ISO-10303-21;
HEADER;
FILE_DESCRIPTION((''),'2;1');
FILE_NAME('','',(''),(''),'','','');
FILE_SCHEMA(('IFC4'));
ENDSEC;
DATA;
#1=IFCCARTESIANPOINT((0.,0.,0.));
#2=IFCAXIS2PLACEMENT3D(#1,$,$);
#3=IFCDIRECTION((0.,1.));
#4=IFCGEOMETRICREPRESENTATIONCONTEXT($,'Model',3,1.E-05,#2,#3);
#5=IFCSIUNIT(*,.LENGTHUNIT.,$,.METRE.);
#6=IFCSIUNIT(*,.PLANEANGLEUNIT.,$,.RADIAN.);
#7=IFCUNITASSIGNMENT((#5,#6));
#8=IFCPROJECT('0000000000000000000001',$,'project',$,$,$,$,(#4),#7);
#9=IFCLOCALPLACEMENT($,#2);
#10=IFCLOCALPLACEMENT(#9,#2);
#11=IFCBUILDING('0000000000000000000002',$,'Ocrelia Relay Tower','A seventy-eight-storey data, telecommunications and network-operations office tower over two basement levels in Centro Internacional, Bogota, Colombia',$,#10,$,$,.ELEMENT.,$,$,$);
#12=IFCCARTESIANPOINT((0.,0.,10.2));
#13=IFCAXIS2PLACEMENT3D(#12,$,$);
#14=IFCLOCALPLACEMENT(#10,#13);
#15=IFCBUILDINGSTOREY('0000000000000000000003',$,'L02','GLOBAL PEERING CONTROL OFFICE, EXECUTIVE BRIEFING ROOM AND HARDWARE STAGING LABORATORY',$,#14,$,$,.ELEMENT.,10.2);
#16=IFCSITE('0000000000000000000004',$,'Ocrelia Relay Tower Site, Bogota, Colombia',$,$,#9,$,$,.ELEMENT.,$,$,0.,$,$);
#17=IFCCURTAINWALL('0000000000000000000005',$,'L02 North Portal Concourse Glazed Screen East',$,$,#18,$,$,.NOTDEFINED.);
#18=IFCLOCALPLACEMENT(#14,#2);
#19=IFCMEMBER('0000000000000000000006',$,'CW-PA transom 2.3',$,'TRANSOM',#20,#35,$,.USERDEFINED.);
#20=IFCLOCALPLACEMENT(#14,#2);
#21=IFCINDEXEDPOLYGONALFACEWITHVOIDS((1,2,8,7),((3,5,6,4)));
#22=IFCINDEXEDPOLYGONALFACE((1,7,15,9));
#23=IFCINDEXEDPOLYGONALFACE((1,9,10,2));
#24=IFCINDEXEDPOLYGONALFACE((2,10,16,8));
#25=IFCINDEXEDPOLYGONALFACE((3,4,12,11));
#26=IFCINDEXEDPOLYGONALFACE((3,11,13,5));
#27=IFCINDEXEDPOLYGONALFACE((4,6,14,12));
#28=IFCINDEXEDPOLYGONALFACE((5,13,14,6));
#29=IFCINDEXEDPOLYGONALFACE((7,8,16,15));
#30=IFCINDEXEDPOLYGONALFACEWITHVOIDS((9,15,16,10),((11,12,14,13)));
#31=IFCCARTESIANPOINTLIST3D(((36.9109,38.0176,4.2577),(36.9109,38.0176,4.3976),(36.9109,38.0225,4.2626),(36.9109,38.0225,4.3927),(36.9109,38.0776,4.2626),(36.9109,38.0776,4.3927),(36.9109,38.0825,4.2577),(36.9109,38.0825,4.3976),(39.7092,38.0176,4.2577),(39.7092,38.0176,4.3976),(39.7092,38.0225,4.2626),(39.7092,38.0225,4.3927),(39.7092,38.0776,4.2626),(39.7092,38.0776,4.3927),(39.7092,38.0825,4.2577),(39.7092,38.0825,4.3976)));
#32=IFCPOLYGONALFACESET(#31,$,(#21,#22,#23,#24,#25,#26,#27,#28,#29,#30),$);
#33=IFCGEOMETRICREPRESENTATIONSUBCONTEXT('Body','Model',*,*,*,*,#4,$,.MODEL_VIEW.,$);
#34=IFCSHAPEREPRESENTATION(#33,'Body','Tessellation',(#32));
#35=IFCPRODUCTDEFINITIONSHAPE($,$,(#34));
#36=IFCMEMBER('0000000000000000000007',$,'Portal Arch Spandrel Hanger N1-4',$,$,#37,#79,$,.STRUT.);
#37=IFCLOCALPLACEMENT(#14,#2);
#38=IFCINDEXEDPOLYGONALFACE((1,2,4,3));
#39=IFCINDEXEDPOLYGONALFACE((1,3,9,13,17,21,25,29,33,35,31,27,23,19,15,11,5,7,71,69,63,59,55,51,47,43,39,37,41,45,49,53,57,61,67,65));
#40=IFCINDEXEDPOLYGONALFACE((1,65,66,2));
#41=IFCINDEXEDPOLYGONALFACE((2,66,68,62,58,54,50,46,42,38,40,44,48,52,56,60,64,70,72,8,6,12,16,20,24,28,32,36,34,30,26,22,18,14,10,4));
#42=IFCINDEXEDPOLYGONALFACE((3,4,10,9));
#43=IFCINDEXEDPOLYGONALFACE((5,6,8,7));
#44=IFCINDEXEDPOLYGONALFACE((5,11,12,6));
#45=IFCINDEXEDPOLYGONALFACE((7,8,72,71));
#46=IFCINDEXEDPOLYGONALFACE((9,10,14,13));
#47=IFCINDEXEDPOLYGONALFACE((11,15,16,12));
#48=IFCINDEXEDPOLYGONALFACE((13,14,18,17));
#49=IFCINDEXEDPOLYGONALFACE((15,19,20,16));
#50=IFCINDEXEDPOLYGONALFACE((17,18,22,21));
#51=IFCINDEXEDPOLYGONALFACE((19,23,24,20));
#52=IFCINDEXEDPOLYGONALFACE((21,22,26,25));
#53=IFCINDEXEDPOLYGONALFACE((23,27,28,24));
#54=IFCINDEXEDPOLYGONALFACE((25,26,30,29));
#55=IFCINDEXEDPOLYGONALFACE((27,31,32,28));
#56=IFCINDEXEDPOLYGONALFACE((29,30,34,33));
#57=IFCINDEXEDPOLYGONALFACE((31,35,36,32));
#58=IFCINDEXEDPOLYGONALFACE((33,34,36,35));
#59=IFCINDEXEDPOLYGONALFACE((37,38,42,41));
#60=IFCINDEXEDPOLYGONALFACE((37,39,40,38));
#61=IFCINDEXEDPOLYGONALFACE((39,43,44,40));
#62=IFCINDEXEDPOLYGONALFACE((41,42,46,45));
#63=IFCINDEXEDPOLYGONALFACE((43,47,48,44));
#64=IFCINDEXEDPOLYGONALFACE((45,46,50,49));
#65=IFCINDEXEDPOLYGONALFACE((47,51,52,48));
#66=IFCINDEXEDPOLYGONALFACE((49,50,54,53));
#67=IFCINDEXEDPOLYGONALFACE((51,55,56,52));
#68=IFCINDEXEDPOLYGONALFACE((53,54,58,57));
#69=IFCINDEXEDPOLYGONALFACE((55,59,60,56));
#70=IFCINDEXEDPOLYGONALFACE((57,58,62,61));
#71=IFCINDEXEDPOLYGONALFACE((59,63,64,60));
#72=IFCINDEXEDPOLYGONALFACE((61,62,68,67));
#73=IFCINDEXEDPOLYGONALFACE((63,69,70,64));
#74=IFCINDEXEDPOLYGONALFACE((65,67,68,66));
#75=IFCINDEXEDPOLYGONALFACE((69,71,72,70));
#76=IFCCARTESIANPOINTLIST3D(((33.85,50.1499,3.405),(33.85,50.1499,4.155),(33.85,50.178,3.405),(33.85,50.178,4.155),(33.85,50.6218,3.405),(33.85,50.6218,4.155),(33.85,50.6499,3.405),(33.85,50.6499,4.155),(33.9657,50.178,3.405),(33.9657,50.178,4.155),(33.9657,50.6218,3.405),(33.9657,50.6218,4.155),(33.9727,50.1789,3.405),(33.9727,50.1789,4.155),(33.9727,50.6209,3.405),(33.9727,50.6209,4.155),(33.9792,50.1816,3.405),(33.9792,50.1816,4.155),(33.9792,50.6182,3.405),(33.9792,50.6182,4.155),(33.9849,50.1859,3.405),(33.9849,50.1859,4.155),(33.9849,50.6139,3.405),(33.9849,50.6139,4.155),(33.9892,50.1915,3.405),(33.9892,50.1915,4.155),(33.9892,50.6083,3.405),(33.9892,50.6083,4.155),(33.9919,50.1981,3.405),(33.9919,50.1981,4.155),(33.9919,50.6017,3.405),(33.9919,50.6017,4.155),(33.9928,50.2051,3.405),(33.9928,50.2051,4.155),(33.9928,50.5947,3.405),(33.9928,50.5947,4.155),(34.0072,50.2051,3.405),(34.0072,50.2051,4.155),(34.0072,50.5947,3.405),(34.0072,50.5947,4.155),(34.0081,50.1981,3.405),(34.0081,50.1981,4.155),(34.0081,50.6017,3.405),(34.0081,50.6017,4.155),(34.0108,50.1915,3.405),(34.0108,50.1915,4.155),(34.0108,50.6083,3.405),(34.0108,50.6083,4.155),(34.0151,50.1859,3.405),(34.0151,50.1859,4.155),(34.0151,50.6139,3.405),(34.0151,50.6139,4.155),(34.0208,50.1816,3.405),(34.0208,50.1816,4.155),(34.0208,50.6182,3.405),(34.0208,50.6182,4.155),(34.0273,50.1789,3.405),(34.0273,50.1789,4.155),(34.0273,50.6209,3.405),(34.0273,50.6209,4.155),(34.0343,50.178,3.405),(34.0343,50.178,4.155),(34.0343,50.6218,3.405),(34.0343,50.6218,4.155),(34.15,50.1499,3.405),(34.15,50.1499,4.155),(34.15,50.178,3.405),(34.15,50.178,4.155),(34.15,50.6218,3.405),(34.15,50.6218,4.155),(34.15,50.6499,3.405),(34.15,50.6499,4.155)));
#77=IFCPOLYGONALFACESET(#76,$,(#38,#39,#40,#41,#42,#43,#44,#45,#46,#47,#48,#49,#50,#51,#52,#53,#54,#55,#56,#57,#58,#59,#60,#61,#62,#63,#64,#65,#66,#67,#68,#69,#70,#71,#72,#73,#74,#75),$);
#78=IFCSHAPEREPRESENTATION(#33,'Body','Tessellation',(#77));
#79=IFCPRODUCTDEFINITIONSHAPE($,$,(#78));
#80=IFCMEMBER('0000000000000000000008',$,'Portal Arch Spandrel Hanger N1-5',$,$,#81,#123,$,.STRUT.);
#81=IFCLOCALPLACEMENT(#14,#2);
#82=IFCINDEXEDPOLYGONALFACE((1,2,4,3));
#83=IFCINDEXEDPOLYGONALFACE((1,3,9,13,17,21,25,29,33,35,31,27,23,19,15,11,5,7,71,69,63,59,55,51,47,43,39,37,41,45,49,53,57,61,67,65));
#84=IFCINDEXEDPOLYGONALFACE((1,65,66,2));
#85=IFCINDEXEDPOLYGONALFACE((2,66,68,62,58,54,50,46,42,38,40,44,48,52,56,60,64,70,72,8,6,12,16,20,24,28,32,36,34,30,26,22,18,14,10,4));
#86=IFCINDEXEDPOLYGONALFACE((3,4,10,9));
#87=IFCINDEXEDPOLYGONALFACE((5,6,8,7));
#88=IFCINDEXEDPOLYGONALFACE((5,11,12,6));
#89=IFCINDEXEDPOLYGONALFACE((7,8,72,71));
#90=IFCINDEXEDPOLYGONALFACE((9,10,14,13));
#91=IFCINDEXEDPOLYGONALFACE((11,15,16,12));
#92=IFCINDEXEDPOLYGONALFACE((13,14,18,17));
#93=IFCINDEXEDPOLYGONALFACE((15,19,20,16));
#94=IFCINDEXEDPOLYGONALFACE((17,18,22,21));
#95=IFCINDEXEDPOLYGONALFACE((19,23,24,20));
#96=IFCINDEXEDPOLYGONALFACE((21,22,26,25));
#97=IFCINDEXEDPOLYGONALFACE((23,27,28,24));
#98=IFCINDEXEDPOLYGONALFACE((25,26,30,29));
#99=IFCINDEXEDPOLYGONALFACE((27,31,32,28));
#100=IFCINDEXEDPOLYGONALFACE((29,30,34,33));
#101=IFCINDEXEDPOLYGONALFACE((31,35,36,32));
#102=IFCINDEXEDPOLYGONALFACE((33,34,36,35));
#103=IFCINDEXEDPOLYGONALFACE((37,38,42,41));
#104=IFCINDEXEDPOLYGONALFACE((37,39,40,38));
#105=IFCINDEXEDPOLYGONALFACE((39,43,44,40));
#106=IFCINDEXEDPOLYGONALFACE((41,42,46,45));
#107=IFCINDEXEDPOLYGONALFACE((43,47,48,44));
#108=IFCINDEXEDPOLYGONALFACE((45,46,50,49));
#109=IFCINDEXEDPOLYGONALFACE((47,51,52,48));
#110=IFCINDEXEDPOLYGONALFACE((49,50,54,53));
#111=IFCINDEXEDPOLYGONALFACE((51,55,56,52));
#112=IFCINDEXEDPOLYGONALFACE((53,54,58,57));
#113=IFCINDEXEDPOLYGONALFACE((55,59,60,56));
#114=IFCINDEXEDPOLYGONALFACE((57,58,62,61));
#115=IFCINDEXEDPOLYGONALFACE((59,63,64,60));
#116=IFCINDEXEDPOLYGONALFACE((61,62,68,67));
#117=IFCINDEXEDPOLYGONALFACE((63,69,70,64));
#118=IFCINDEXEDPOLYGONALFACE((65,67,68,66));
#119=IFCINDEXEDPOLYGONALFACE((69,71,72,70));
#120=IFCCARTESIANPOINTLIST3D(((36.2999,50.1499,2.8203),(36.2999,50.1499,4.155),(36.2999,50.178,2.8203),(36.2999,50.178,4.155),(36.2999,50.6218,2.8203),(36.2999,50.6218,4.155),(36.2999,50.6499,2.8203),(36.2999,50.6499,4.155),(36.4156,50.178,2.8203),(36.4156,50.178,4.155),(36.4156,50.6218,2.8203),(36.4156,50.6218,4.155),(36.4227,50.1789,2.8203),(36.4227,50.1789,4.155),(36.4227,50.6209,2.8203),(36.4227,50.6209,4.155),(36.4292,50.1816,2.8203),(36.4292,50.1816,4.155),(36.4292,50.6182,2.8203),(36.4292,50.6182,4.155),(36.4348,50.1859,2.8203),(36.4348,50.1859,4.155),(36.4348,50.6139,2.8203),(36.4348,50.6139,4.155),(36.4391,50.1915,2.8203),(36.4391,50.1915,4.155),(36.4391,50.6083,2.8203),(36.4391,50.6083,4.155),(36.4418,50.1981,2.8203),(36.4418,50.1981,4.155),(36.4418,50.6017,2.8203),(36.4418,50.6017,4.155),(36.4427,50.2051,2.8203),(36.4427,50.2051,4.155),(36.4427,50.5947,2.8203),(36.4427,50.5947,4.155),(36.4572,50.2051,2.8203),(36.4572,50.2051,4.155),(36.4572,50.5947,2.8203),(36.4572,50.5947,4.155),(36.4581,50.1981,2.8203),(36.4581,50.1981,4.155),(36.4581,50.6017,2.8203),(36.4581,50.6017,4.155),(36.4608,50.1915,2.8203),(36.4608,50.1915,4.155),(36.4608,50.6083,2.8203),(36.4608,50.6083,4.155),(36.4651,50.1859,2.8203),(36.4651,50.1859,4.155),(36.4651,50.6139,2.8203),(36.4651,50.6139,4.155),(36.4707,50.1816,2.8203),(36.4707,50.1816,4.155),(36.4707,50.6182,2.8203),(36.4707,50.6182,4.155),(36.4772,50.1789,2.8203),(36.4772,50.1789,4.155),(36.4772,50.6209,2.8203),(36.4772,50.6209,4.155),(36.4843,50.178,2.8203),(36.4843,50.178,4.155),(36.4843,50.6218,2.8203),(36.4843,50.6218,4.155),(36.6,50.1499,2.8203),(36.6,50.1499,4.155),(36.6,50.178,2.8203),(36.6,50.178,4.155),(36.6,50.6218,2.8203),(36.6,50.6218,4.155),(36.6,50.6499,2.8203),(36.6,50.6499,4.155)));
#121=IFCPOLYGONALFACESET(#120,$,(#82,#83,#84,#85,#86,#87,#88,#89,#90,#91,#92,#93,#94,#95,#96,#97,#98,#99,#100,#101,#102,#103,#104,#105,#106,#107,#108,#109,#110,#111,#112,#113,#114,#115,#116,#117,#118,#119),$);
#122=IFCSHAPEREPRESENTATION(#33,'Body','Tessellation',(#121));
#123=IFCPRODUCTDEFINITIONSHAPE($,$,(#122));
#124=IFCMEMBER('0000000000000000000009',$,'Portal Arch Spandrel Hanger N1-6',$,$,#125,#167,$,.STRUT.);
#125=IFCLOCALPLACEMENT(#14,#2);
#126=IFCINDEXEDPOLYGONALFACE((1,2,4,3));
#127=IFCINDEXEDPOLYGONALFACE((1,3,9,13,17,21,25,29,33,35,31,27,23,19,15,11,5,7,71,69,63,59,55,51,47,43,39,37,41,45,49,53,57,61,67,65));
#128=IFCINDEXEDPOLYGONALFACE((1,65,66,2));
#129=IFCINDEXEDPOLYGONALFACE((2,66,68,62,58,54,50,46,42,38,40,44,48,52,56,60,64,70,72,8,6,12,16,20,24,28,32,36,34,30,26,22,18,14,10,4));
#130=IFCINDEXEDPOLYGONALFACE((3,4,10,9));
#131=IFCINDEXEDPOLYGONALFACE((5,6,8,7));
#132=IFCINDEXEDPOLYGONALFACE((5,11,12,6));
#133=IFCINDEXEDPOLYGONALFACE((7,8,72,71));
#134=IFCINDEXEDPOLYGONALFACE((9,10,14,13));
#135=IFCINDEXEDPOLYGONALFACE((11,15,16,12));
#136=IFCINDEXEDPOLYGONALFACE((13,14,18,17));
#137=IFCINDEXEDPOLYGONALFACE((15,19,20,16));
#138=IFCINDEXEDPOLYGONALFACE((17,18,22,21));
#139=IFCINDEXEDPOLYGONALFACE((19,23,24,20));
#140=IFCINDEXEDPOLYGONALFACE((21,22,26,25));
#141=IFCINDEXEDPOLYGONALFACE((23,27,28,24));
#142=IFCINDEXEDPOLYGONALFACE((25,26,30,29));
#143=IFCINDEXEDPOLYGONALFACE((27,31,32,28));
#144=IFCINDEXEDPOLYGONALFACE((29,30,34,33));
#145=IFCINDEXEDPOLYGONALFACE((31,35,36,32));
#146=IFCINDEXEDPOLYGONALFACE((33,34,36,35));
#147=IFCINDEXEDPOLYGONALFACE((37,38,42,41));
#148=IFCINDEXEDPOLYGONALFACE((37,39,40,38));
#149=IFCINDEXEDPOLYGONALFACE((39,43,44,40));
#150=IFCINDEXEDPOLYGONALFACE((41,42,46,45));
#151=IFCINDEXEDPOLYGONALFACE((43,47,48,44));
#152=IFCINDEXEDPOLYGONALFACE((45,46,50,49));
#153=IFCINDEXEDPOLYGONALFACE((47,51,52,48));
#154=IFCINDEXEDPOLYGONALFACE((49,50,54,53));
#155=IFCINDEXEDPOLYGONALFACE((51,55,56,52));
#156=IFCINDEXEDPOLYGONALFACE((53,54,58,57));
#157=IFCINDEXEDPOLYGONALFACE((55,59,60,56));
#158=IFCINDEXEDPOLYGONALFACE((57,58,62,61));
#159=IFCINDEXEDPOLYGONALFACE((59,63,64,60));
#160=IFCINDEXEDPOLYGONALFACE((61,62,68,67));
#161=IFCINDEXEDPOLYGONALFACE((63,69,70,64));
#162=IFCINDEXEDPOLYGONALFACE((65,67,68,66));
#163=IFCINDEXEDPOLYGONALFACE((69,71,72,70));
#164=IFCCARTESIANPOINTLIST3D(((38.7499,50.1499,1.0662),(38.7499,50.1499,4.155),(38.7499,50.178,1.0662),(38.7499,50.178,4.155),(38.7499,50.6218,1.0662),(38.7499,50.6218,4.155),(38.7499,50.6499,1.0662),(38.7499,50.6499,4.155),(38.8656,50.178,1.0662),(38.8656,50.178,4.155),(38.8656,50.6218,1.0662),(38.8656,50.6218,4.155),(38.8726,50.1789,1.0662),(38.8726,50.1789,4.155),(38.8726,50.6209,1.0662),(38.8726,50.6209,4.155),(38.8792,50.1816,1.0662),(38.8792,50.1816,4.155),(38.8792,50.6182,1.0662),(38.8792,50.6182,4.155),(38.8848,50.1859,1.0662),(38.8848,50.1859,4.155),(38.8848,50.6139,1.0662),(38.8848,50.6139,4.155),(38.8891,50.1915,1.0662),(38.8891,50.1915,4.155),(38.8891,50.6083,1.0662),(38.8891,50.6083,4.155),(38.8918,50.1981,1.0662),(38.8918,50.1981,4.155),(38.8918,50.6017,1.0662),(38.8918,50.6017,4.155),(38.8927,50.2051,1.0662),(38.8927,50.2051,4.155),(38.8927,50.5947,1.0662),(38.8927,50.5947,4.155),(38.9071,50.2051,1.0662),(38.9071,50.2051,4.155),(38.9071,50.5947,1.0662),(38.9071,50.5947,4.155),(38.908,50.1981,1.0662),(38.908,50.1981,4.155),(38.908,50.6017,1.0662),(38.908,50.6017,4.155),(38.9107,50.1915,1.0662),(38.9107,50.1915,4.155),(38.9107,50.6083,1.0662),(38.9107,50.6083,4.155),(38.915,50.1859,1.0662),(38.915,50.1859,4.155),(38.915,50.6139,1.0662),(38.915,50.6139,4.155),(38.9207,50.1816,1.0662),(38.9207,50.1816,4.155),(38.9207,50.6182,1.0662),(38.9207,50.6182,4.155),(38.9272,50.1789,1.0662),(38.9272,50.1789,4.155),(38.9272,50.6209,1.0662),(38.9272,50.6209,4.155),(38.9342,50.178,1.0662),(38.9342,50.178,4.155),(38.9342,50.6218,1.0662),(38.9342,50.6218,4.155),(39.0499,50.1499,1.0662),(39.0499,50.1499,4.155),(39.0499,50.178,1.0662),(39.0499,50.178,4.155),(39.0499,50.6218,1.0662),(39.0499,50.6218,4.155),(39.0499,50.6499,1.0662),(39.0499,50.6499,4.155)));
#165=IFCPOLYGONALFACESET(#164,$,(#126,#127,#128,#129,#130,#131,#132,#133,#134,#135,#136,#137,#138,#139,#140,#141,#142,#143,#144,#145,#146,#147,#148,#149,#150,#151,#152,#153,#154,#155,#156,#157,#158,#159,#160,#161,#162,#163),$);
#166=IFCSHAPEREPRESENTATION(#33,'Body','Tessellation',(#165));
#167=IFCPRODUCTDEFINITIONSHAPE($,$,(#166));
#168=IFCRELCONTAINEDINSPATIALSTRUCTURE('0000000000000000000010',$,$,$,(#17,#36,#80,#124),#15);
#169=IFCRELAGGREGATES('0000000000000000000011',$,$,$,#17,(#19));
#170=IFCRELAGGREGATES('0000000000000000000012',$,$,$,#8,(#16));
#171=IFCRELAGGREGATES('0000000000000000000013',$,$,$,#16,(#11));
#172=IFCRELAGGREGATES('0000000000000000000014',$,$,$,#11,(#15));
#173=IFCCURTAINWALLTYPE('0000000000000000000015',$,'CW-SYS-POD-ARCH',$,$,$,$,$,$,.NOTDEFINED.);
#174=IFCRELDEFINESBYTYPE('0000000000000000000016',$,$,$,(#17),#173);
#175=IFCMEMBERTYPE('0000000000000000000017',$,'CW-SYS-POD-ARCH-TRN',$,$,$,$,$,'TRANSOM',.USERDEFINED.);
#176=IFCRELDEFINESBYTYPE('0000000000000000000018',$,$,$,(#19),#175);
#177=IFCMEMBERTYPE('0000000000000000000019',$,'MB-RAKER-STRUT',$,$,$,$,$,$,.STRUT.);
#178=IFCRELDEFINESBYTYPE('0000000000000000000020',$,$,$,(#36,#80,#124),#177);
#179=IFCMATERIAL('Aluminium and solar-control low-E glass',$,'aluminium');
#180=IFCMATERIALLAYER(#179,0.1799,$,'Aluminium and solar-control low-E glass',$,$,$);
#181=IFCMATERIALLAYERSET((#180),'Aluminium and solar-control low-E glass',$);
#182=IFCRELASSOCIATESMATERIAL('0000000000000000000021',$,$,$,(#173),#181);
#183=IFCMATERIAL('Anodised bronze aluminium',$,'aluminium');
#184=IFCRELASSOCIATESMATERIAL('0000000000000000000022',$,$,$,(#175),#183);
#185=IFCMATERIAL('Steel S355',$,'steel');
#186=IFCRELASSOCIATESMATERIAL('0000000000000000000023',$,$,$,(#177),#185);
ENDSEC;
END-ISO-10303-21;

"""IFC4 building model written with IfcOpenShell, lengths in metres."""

from ifc_helpers import new_model, si_unit, direction, frame, origin, origin_2d, place, context, subcontext, project, spatial, hollow_rectangle, i_section, extrude, material, layer, layer_set, material_profile, profile_set, type_object, element, aggregate, save


model = new_model("IFC4")

# Units and contexts
model_context = context("Model", 3, precision=1e-05, world=origin(), true_north=direction((0.0, 1.0)))
body_context = subcontext(model_context, "Body", "Model", "MODEL_VIEW")
ifc_project = project(units=[si_unit("LENGTHUNIT", "METRE"), si_unit("PLANEANGLEUNIT", "RADIAN")], contexts=[model_context])

# Site, building, storey
site_placement = place(None, origin())
site = spatial("IfcSite", under=ifc_project, at=site_placement, Name="Ocrelia Relay Tower Site, Bogota, Colombia", CompositionType="ELEMENT", RefElevation=0.0)
building_placement = place(site_placement, origin())
building = spatial("IfcBuilding", under=site, at=building_placement, Name="Ocrelia Relay Tower", Description="A seventy-eight-storey data, telecommunications and network-operations office tower over two basement levels in Centro Internacional, Bogota, Colombia", CompositionType="ELEMENT")
storey_placement = place(building_placement, frame((0.0, 0.0, 10.2)))
storey = spatial("IfcBuildingStorey", under=building, at=storey_placement, Name="L02", Description="GLOBAL PEERING CONTROL OFFICE, EXECUTIVE BRIEFING ROOM AND HARDWARE STAGING LABORATORY", CompositionType="ELEMENT", Elevation=10.2)

# Shared definitions
ifc_material_1 = material(Name="Steel S355", Category="steel")

# Curtain wall, member
ifc_material_2 = material(Name="Aluminium and solar-control low-E glass", Category="aluminium")
ifc_layer_1 = layer(ifc_material_2, 0.1799, Name="Aluminium and solar-control low-E glass")
ifc_layer_set_1 = layer_set([ifc_layer_1], Name="Aluminium and solar-control low-E glass")
curtain_wall_type = type_object("IfcCurtainWallType", Name="CW-SYS-POD-ARCH", PredefinedType="NOTDEFINED", material=ifc_layer_set_1)
curtain_wall_placement = place(storey_placement, origin())
curtain_wall = element("IfcCurtainWall", 1, at=curtain_wall_placement, inside=storey, type_object=curtain_wall_type, Name="L02 North Portal Concourse Glazed Screen East", PredefinedType="NOTDEFINED")
ifc_material_3 = material(Name="Anodised bronze aluminium", Category="aluminium")
ifc_material_profile_1 = material_profile(ifc_material_3, hollow_rectangle(XDim=0.0649, YDim=0.1399, WallThickness=0.0049, at=origin_2d()), Name="CW-TRN-140x65")
ifc_profile_set_1 = profile_set([ifc_material_profile_1], Name="Anodised bronze aluminium")
member_type_1 = type_object("IfcMemberType", Name="CW-SYS-POD-ARCH-TRN", ElementType="TRANSOM", PredefinedType="USERDEFINED", material=ifc_profile_set_1)
member_1_placement = place(storey_placement, frame((36.9109, 38.05, 4.3276), z_axis=(1.0, 0.0, 0.0), x_axis=(0.0, 1.0, 0.0)))
member_1 = element("IfcMember", 2, at=member_1_placement, type_object=member_type_1, Name="CW-PA transom 2.3", ObjectType="TRANSOM", PredefinedType="USERDEFINED", context=body_context, shape_type="SweptSolid", body=[
    extrude(hollow_rectangle(XDim=0.0649, YDim=0.1399, WallThickness=0.0049, at=origin_2d()), origin(), (0.0, 0.0, 1.0), 2.7983),
])

# Members
ifc_material_profile_2 = material_profile(ifc_material_1, i_section(OverallWidth=0.3, OverallDepth=0.5, WebThickness=0.0144, FlangeThickness=0.0281, FilletRadius=0.0271, at=origin_2d()), Name="HEB 500")
ifc_profile_set_2 = profile_set([ifc_material_profile_2], Name="Steel S355")
member_type_2 = type_object("IfcMemberType", Name="MB-RAKER-STRUT", PredefinedType="STRUT", material=ifc_profile_set_2)
member_2_placement = place(storey_placement, frame((34.0, 50.3999, 3.405), z_axis=(0.0, 0.0, 1.0), x_axis=(1.0, 0.0, 0.0)))
element("IfcMember", 3, at=member_2_placement, inside=storey, type_object=member_type_2, Name="Portal Arch Spandrel Hanger N1-4", PredefinedType="STRUT", context=body_context, shape_type="SweptSolid", body=[
    extrude(i_section(OverallWidth=0.3, OverallDepth=0.5, WebThickness=0.0144, FlangeThickness=0.0281, FilletRadius=0.0271, at=origin_2d()), origin(), (0.0, 0.0, 1.0), 0.75),
])
member_3_placement = place(storey_placement, frame((36.45, 50.3999, 2.8203), z_axis=(0.0, 0.0, 1.0), x_axis=(1.0, 0.0, 0.0)))
element("IfcMember", 4, at=member_3_placement, inside=storey, type_object=member_type_2, Name="Portal Arch Spandrel Hanger N1-5", PredefinedType="STRUT", context=body_context, shape_type="SweptSolid", body=[
    extrude(i_section(OverallWidth=0.3, OverallDepth=0.5, WebThickness=0.0144, FlangeThickness=0.0281, FilletRadius=0.0271, at=origin_2d()), origin(), (0.0, 0.0, 1.0), 1.3347),
])
member_4_placement = place(storey_placement, frame((38.8999, 50.3999, 1.0662), z_axis=(0.0, 0.0, 1.0), x_axis=(1.0, 0.0, 0.0)))
element("IfcMember", 5, at=member_4_placement, inside=storey, type_object=member_type_2, Name="Portal Arch Spandrel Hanger N1-6", PredefinedType="STRUT", context=body_context, shape_type="SweptSolid", body=[
    extrude(i_section(OverallWidth=0.3, OverallDepth=0.5, WebThickness=0.0144, FlangeThickness=0.0281, FilletRadius=0.0271, at=origin_2d()), origin(), (0.0, 0.0, 1.0), 3.0889),
])

aggregate(curtain_wall, [member_1])

save(model, "model.ifc")
